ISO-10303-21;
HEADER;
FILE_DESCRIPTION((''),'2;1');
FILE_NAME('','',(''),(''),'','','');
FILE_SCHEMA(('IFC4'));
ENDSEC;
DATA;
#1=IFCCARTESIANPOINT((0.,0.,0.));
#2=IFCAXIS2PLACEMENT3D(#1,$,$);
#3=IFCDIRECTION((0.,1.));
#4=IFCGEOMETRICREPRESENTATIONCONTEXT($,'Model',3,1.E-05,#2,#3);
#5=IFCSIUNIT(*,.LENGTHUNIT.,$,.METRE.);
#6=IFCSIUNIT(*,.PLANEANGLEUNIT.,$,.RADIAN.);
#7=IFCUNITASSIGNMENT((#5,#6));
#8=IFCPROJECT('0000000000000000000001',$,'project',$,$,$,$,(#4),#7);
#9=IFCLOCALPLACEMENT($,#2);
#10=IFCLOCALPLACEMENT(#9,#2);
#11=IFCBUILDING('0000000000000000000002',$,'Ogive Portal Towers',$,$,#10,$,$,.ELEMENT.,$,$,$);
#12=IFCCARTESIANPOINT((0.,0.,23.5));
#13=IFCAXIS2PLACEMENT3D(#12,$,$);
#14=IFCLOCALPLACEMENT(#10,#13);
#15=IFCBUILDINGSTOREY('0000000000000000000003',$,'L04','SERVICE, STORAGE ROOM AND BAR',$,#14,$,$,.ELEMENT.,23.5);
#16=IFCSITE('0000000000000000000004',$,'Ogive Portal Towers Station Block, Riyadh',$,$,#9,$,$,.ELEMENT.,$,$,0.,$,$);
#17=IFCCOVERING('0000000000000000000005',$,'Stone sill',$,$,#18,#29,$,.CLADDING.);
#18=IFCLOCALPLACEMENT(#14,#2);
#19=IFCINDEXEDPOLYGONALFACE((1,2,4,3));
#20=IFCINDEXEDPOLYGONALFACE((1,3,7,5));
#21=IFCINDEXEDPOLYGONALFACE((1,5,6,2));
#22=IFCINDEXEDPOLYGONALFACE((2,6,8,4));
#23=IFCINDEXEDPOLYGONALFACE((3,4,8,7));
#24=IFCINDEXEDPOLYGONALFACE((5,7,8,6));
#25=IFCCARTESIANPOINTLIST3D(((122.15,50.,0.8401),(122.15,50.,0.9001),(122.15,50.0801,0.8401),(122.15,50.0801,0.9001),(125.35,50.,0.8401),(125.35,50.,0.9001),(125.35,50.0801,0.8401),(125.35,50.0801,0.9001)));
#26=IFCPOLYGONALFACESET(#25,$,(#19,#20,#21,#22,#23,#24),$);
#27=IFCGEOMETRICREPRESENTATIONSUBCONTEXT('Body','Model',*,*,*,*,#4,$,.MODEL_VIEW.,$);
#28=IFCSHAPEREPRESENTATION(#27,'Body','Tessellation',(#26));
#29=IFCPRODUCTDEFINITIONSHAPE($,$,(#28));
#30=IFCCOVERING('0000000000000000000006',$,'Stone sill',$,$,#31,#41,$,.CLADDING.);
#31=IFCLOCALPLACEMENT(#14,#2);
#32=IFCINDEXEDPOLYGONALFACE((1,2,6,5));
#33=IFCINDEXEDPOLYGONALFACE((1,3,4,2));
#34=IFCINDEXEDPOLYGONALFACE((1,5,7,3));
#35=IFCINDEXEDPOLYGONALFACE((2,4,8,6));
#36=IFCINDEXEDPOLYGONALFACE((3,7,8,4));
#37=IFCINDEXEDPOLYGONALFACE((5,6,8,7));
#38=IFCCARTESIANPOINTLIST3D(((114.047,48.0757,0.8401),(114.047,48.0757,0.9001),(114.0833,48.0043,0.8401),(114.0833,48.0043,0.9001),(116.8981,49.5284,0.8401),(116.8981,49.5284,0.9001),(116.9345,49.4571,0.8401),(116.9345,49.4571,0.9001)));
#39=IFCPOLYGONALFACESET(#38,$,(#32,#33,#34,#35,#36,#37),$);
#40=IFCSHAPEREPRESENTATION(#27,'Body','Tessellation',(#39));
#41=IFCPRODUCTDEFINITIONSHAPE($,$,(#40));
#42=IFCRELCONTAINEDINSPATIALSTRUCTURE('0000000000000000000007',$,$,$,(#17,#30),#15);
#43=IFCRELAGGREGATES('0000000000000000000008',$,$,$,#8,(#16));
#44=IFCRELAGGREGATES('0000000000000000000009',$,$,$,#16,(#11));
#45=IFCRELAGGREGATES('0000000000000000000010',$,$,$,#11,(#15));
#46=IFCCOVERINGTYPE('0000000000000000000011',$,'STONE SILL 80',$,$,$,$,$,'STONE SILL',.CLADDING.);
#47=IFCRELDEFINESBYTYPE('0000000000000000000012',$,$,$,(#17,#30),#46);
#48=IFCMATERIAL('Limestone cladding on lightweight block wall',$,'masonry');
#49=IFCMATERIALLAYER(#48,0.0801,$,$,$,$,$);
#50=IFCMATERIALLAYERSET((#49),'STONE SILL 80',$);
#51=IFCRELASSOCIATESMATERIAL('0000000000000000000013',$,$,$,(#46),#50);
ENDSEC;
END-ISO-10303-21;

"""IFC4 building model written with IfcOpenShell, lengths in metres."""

from ifc_helpers import new_model, si_unit, direction, frame, origin, origin_2d, place, context, subcontext, project, spatial, rectangle, extrude, material, layer, layer_set, type_object, element, save


model = new_model("IFC4")

# Units and contexts
model_context = context("Model", 3, precision=1e-05, world=origin(), true_north=direction((0.0, 1.0)))
body_context = subcontext(model_context, "Body", "Model", "MODEL_VIEW")
ifc_project = project(units=[si_unit("LENGTHUNIT", "METRE"), si_unit("PLANEANGLEUNIT", "RADIAN")], contexts=[model_context])

# Site, building, storey
site_placement = place(None, origin())
site = spatial("IfcSite", under=ifc_project, at=site_placement, Name="Ogive Portal Towers Station Block, Riyadh", CompositionType="ELEMENT", RefElevation=0.0)
building_placement = place(site_placement, origin())
building = spatial("IfcBuilding", under=site, at=building_placement, Name="Ogive Portal Towers", CompositionType="ELEMENT")
storey_placement = place(building_placement, frame((0.0, 0.0, 23.5)))
storey = spatial("IfcBuildingStorey", under=building, at=storey_placement, Name="L04", Description="SERVICE, STORAGE ROOM AND BAR", CompositionType="ELEMENT", Elevation=23.5)

# Shared definitions
ifc_material_1 = material(Name="Limestone cladding on lightweight block wall", Category="masonry")

# Coverings
ifc_layer_1 = layer(ifc_material_1, 0.0801)
ifc_layer_set_1 = layer_set([ifc_layer_1], Name="STONE SILL 80")
covering_type = type_object("IfcCoveringType", Name="STONE SILL 80", ElementType="STONE SILL", PredefinedType="CLADDING", material=ifc_layer_set_1)
for number, where, z_axis, x_axis, name in (
    (1, (123.75, 50.04, 0.8401), (0.0, 0.0, 1.0), (-1.0, 0.0, 0.0), "Stone sill"),
    (2, (115.4907, 48.7664, 0.8401), (0.0, 0.0, 1.0), (-0.891007, -0.45399, 0.0), "Stone sill"),
):
    element("IfcCovering", number, at=place(storey_placement, frame(where, z_axis=z_axis, x_axis=x_axis)), inside=storey, type_object=covering_type, Name=name, PredefinedType="CLADDING", context=body_context, shape_type="SweptSolid", body=[
        extrude(rectangle(XDim=3.2, YDim=0.0801, at=origin_2d()), origin(), (0.0, 0.0, 1.0), 0.0601),
    ])

save(model, "model.ifc")
